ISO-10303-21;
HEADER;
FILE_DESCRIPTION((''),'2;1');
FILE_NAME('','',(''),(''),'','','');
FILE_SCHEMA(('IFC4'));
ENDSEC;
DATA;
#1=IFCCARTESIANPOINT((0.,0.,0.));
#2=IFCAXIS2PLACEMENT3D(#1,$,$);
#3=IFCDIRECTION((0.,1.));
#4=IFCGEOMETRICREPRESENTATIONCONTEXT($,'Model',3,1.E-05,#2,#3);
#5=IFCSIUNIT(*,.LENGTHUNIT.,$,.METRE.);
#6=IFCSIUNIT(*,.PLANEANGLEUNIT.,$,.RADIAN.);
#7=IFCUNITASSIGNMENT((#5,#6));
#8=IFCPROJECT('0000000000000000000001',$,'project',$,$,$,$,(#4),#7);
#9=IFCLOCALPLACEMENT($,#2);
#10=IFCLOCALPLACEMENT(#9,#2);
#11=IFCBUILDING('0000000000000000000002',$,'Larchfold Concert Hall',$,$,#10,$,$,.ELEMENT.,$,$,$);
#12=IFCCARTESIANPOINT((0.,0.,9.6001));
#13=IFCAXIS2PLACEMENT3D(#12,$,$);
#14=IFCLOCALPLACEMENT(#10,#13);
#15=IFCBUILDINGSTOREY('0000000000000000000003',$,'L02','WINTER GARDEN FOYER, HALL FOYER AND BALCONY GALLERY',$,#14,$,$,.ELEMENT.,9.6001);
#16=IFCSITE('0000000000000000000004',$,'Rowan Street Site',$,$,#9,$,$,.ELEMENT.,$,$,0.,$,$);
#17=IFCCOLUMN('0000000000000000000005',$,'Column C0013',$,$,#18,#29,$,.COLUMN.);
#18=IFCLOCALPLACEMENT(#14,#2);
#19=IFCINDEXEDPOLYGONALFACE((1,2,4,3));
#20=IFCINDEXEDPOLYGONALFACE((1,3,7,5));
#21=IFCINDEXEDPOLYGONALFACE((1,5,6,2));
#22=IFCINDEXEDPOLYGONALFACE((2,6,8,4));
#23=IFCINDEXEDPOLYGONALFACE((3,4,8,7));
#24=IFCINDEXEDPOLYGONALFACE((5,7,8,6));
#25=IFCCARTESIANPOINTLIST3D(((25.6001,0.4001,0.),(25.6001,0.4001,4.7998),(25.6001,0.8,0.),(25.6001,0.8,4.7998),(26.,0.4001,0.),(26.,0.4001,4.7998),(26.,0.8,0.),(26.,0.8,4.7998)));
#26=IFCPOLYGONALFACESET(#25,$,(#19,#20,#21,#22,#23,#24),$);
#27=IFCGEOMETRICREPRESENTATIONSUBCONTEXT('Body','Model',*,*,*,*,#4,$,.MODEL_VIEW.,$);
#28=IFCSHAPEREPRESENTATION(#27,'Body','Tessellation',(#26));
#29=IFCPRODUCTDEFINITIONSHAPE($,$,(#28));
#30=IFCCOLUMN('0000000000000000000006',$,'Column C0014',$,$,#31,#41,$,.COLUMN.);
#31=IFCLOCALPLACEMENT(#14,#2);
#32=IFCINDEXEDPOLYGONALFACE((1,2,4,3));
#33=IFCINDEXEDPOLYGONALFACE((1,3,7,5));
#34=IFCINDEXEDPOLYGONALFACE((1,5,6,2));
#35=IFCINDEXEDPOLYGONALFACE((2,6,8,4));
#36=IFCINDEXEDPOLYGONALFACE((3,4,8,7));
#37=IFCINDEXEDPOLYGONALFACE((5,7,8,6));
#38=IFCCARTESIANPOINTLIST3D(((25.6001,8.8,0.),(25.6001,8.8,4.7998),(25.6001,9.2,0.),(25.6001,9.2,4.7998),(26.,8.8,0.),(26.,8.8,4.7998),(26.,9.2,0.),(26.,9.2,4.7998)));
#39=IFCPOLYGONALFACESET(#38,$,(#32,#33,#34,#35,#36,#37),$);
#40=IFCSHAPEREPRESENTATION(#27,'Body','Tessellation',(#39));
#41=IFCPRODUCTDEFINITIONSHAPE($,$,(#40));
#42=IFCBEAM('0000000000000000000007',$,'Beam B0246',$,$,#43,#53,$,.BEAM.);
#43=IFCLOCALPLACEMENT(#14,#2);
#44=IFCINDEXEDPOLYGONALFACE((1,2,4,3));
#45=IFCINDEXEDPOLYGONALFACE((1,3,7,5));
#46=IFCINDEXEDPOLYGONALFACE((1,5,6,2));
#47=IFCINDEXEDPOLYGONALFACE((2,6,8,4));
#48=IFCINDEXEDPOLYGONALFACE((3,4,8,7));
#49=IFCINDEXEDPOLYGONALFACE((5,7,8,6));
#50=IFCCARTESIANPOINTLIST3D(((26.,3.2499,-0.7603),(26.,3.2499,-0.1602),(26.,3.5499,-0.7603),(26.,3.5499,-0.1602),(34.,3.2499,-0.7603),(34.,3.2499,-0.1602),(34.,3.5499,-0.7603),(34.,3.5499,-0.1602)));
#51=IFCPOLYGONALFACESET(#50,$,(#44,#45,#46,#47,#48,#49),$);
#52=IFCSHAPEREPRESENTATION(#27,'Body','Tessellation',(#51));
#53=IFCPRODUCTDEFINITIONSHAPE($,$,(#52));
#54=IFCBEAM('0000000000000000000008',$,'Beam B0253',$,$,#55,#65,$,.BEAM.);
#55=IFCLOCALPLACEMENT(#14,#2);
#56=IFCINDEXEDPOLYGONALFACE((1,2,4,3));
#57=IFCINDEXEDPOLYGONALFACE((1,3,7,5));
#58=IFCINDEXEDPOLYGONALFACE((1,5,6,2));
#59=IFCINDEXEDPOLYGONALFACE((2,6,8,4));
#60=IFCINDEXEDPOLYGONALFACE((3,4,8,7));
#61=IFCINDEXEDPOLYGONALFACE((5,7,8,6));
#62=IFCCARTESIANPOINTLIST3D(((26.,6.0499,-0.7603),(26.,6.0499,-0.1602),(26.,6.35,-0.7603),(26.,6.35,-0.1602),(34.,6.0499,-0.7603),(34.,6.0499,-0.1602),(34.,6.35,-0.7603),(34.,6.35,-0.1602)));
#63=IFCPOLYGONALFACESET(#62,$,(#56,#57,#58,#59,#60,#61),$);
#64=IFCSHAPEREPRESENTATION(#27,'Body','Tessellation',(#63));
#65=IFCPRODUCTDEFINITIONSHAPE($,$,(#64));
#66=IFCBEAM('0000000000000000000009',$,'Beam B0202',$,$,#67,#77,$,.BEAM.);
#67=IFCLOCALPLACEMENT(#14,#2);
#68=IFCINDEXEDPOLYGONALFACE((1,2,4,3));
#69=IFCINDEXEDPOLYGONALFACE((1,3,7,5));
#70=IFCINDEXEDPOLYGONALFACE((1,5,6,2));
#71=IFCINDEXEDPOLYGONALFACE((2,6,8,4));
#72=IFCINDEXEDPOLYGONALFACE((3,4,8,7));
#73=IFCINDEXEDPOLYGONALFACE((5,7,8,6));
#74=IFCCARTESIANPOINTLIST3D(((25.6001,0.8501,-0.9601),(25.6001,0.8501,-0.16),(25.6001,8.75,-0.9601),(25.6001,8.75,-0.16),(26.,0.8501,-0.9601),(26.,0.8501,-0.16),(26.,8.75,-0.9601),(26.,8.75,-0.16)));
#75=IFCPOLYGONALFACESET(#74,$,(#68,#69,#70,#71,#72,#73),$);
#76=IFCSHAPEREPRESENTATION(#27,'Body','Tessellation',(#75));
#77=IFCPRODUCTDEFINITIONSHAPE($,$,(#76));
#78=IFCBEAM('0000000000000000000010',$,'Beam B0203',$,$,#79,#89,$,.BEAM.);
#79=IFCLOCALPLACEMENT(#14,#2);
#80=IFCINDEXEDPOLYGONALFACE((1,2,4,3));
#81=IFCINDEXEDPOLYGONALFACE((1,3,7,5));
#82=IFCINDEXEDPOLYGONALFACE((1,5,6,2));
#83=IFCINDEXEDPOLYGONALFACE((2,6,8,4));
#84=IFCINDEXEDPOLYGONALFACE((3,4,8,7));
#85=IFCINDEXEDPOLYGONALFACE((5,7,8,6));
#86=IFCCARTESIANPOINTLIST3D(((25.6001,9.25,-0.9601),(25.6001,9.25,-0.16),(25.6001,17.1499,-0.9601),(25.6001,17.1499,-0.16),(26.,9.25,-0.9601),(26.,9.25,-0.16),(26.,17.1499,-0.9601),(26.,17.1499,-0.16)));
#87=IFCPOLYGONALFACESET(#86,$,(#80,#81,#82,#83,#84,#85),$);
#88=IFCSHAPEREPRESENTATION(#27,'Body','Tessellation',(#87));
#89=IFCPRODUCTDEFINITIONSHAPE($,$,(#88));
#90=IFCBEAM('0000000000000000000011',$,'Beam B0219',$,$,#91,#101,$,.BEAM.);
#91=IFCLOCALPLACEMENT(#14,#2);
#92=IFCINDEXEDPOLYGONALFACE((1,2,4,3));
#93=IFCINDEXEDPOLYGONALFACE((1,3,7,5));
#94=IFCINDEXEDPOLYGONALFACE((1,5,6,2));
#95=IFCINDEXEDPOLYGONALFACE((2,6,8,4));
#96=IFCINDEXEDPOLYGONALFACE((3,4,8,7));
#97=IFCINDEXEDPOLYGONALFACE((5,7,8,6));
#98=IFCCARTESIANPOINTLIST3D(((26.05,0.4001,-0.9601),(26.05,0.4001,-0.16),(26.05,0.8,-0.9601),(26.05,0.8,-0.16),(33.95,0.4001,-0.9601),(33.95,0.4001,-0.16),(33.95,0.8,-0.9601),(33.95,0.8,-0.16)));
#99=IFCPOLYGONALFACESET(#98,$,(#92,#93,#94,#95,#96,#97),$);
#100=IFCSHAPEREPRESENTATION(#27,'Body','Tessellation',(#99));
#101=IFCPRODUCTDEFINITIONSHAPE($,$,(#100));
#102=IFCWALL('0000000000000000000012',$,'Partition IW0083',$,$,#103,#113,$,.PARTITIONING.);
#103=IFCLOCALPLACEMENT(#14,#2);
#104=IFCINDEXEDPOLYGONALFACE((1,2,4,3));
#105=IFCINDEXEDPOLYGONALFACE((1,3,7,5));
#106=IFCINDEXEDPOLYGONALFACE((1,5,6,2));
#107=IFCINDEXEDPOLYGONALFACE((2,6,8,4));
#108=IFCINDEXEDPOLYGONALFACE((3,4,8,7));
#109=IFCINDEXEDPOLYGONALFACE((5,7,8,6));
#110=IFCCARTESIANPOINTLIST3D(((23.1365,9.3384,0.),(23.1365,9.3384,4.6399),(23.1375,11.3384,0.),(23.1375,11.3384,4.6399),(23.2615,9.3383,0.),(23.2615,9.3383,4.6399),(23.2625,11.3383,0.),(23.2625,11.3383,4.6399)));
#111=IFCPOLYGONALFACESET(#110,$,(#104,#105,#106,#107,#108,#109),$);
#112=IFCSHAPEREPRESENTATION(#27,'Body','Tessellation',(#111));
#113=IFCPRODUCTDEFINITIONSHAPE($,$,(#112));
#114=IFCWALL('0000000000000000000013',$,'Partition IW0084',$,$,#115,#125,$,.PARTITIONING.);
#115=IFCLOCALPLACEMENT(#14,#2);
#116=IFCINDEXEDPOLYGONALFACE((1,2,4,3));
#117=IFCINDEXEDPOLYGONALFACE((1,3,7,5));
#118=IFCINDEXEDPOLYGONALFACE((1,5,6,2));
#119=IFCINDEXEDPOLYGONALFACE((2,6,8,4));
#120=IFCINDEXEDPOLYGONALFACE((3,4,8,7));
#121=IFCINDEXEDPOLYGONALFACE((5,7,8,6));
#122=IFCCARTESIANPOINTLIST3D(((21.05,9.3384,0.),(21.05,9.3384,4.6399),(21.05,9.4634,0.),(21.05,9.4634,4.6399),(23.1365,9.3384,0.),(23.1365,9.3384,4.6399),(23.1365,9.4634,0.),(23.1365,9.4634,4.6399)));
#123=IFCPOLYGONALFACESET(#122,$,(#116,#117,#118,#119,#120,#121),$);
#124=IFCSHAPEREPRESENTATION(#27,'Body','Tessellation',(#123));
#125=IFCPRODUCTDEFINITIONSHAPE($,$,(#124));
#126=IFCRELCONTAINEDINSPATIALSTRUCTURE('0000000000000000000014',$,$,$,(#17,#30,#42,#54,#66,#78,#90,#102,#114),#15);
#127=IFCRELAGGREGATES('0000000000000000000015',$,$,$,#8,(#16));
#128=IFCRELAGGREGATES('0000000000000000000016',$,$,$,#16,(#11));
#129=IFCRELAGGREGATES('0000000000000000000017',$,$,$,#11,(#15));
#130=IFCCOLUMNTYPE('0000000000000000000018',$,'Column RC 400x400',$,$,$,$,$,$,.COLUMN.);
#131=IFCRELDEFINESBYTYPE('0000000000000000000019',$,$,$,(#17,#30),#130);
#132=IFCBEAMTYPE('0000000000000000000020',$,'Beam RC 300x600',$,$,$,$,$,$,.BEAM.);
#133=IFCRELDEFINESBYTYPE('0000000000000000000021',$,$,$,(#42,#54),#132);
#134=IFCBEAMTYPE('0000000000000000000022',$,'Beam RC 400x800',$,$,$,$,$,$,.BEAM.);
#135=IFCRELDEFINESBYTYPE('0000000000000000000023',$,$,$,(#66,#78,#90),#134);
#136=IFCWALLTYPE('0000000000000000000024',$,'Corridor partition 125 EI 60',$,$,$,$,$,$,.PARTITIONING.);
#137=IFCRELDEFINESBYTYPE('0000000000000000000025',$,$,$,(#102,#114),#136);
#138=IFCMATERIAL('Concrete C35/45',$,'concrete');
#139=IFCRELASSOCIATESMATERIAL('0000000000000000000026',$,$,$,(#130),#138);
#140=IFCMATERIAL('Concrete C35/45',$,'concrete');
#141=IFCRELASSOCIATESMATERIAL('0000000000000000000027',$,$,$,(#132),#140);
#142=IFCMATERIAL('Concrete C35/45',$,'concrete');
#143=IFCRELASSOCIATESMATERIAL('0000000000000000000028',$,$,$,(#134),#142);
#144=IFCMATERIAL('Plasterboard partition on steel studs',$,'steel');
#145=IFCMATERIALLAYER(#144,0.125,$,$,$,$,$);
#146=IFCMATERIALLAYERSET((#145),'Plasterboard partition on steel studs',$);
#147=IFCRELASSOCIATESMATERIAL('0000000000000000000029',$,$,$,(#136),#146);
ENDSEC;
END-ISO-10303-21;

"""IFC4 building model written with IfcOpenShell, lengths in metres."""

from ifc_helpers import new_model, si_unit, direction, frame, frame_2d, origin, origin_2d, place, context, subcontext, project, spatial, rectangle, extrude, material, layer, layer_set, material_profile, profile_set, type_object, element, save


model = new_model("IFC4")

# Units and contexts
model_context = context("Model", 3, precision=1e-05, world=origin(), true_north=direction((0.0, 1.0)))
body_context = subcontext(model_context, "Body", "Model", "MODEL_VIEW")
ifc_project = project(units=[si_unit("LENGTHUNIT", "METRE"), si_unit("PLANEANGLEUNIT", "RADIAN")], contexts=[model_context])

# Site, building, storey
site_placement = place(None, origin())
site = spatial("IfcSite", under=ifc_project, at=site_placement, Name="Rowan Street Site", CompositionType="ELEMENT", RefElevation=0.0)
building_placement = place(site_placement, origin())
building = spatial("IfcBuilding", under=site, at=building_placement, Name="Larchfold Concert Hall", CompositionType="ELEMENT")
storey_placement = place(building_placement, frame((0.0, 0.0, 9.6001)))
storey = spatial("IfcBuildingStorey", under=building, at=storey_placement, Name="L02", Description="WINTER GARDEN FOYER, HALL FOYER AND BALCONY GALLERY", CompositionType="ELEMENT", Elevation=9.6001)

# Columns
ifc_material_1 = material(Name="Concrete C35/45", Category="concrete")
ifc_material_profile_1 = material_profile(ifc_material_1, rectangle(XDim=0.3999, YDim=0.3999, at=origin_2d()))
ifc_profile_set_1 = profile_set([ifc_material_profile_1], Name="Concrete C35/45")
column_type = type_object("IfcColumnType", Name="Column RC 400x400", PredefinedType="COLUMN", material=ifc_profile_set_1)
for number, where, z_axis, x_axis, name in (
    (1, (25.8, 0.6001, 0.0), (0.0, 0.0, 1.0), (1.0, 0.0, 0.0), "Column C0013"),
    (2, (25.8, 9.0, 0.0), (0.0, 0.0, 1.0), (1.0, 0.0, 0.0), "Column C0014"),
):
    element("IfcColumn", number, at=place(storey_placement, frame(where, z_axis=z_axis, x_axis=x_axis)), inside=storey, type_object=column_type, Name=name, PredefinedType="COLUMN", context=body_context, shape_type="SweptSolid", body=[
        extrude(rectangle(XDim=0.3999, YDim=0.3999, at=origin_2d()), origin(), (0.0, 0.0, 1.0), 4.7998),
    ])

# Beams
ifc_material_2 = material(Name="Concrete C35/45", Category="concrete")
ifc_material_profile_2 = material_profile(ifc_material_2, rectangle(XDim=0.3, YDim=0.6001, at=origin_2d()))
ifc_profile_set_2 = profile_set([ifc_material_profile_2], Name="Concrete C35/45")
beam_type_1 = type_object("IfcBeamType", Name="Beam RC 300x600", PredefinedType="BEAM", material=ifc_profile_set_2)
for number, where, z_axis, x_axis, name in (
    (3, (26.0, 3.3999, -0.4602), (1.0, 0.0, 0.0), (0.0, 1.0, 0.0), "Beam B0246"),
    (4, (26.0, 6.2, -0.4602), (1.0, 0.0, 0.0), (0.0, 1.0, 0.0), "Beam B0253"),
):
    element("IfcBeam", number, at=place(storey_placement, frame(where, z_axis=z_axis, x_axis=x_axis)), inside=storey, type_object=beam_type_1, Name=name, PredefinedType="BEAM", context=body_context, shape_type="SweptSolid", body=[
        extrude(rectangle(XDim=0.3, YDim=0.6001, at=origin_2d()), origin(), (0.0, 0.0, 1.0), 8.0),
    ])
ifc_material_3 = material(Name="Concrete C35/45", Category="concrete")
ifc_material_profile_3 = material_profile(ifc_material_3, rectangle(XDim=0.3999, YDim=0.8, at=origin_2d()))
ifc_profile_set_3 = profile_set([ifc_material_profile_3], Name="Concrete C35/45")
beam_type_2 = type_object("IfcBeamType", Name="Beam RC 400x800", PredefinedType="BEAM", material=ifc_profile_set_3)
for number, where, z_axis, x_axis, name in (
    (5, (25.8, 0.8501, -0.5601), (0.0, 1.0, 0.0), (-1.0, 0.0, 0.0), "Beam B0202"),
    (6, (25.8, 9.25, -0.5601), (0.0, 1.0, 0.0), (-1.0, 0.0, 0.0), "Beam B0203"),
    (7, (26.05, 0.6001, -0.5601), (1.0, 0.0, 0.0), (0.0, 1.0, 0.0), "Beam B0219"),
):
    element("IfcBeam", number, at=place(storey_placement, frame(where, z_axis=z_axis, x_axis=x_axis)), inside=storey, type_object=beam_type_2, Name=name, PredefinedType="BEAM", context=body_context, shape_type="SweptSolid", body=[
        extrude(rectangle(XDim=0.3999, YDim=0.8, at=origin_2d()), origin(), (0.0, 0.0, 1.0), 7.8999),
    ])

# Walls
ifc_material_4 = material(Name="Plasterboard partition on steel studs", Category="steel")
ifc_layer_1 = layer(ifc_material_4, 0.125)
ifc_layer_set_1 = layer_set([ifc_layer_1], Name="Plasterboard partition on steel studs")
wall_type_1 = type_object("IfcWallType", Name="Corridor partition 125 EI 60", PredefinedType="PARTITIONING", material=ifc_layer_set_1)
wall_1_placement = place(storey_placement, frame((23.2, 11.3384, 0.0), z_axis=(0.0, 0.0, 1.0), x_axis=(-0.000488, -1.0, 0.0)))
element("IfcWall", 8, at=wall_1_placement, inside=storey, type_object=wall_type_1, Name="Partition IW0083", PredefinedType="PARTITIONING", context=body_context, shape_type="SweptSolid", body=[
    extrude(rectangle(XDim=2.0, YDim=0.125, at=frame_2d((1.0, 0.0))), origin(), (0.0, 0.0, 1.0), 4.6399),
])
wall_2_placement = place(storey_placement, frame((23.1365, 9.4009, 0.0), z_axis=(0.0, 0.0, 1.0), x_axis=(-1.0, 0.0, 0.0)))
element("IfcWall", 9, at=wall_2_placement, inside=storey, type_object=wall_type_1, Name="Partition IW0084", PredefinedType="PARTITIONING", context=body_context, shape_type="SweptSolid", body=[
    extrude(rectangle(XDim=2.0864, YDim=0.125, at=frame_2d((1.0432, 0.0))), origin(), (0.0, 0.0, 1.0), 4.6399),
])

save(model, "model.ifc")
